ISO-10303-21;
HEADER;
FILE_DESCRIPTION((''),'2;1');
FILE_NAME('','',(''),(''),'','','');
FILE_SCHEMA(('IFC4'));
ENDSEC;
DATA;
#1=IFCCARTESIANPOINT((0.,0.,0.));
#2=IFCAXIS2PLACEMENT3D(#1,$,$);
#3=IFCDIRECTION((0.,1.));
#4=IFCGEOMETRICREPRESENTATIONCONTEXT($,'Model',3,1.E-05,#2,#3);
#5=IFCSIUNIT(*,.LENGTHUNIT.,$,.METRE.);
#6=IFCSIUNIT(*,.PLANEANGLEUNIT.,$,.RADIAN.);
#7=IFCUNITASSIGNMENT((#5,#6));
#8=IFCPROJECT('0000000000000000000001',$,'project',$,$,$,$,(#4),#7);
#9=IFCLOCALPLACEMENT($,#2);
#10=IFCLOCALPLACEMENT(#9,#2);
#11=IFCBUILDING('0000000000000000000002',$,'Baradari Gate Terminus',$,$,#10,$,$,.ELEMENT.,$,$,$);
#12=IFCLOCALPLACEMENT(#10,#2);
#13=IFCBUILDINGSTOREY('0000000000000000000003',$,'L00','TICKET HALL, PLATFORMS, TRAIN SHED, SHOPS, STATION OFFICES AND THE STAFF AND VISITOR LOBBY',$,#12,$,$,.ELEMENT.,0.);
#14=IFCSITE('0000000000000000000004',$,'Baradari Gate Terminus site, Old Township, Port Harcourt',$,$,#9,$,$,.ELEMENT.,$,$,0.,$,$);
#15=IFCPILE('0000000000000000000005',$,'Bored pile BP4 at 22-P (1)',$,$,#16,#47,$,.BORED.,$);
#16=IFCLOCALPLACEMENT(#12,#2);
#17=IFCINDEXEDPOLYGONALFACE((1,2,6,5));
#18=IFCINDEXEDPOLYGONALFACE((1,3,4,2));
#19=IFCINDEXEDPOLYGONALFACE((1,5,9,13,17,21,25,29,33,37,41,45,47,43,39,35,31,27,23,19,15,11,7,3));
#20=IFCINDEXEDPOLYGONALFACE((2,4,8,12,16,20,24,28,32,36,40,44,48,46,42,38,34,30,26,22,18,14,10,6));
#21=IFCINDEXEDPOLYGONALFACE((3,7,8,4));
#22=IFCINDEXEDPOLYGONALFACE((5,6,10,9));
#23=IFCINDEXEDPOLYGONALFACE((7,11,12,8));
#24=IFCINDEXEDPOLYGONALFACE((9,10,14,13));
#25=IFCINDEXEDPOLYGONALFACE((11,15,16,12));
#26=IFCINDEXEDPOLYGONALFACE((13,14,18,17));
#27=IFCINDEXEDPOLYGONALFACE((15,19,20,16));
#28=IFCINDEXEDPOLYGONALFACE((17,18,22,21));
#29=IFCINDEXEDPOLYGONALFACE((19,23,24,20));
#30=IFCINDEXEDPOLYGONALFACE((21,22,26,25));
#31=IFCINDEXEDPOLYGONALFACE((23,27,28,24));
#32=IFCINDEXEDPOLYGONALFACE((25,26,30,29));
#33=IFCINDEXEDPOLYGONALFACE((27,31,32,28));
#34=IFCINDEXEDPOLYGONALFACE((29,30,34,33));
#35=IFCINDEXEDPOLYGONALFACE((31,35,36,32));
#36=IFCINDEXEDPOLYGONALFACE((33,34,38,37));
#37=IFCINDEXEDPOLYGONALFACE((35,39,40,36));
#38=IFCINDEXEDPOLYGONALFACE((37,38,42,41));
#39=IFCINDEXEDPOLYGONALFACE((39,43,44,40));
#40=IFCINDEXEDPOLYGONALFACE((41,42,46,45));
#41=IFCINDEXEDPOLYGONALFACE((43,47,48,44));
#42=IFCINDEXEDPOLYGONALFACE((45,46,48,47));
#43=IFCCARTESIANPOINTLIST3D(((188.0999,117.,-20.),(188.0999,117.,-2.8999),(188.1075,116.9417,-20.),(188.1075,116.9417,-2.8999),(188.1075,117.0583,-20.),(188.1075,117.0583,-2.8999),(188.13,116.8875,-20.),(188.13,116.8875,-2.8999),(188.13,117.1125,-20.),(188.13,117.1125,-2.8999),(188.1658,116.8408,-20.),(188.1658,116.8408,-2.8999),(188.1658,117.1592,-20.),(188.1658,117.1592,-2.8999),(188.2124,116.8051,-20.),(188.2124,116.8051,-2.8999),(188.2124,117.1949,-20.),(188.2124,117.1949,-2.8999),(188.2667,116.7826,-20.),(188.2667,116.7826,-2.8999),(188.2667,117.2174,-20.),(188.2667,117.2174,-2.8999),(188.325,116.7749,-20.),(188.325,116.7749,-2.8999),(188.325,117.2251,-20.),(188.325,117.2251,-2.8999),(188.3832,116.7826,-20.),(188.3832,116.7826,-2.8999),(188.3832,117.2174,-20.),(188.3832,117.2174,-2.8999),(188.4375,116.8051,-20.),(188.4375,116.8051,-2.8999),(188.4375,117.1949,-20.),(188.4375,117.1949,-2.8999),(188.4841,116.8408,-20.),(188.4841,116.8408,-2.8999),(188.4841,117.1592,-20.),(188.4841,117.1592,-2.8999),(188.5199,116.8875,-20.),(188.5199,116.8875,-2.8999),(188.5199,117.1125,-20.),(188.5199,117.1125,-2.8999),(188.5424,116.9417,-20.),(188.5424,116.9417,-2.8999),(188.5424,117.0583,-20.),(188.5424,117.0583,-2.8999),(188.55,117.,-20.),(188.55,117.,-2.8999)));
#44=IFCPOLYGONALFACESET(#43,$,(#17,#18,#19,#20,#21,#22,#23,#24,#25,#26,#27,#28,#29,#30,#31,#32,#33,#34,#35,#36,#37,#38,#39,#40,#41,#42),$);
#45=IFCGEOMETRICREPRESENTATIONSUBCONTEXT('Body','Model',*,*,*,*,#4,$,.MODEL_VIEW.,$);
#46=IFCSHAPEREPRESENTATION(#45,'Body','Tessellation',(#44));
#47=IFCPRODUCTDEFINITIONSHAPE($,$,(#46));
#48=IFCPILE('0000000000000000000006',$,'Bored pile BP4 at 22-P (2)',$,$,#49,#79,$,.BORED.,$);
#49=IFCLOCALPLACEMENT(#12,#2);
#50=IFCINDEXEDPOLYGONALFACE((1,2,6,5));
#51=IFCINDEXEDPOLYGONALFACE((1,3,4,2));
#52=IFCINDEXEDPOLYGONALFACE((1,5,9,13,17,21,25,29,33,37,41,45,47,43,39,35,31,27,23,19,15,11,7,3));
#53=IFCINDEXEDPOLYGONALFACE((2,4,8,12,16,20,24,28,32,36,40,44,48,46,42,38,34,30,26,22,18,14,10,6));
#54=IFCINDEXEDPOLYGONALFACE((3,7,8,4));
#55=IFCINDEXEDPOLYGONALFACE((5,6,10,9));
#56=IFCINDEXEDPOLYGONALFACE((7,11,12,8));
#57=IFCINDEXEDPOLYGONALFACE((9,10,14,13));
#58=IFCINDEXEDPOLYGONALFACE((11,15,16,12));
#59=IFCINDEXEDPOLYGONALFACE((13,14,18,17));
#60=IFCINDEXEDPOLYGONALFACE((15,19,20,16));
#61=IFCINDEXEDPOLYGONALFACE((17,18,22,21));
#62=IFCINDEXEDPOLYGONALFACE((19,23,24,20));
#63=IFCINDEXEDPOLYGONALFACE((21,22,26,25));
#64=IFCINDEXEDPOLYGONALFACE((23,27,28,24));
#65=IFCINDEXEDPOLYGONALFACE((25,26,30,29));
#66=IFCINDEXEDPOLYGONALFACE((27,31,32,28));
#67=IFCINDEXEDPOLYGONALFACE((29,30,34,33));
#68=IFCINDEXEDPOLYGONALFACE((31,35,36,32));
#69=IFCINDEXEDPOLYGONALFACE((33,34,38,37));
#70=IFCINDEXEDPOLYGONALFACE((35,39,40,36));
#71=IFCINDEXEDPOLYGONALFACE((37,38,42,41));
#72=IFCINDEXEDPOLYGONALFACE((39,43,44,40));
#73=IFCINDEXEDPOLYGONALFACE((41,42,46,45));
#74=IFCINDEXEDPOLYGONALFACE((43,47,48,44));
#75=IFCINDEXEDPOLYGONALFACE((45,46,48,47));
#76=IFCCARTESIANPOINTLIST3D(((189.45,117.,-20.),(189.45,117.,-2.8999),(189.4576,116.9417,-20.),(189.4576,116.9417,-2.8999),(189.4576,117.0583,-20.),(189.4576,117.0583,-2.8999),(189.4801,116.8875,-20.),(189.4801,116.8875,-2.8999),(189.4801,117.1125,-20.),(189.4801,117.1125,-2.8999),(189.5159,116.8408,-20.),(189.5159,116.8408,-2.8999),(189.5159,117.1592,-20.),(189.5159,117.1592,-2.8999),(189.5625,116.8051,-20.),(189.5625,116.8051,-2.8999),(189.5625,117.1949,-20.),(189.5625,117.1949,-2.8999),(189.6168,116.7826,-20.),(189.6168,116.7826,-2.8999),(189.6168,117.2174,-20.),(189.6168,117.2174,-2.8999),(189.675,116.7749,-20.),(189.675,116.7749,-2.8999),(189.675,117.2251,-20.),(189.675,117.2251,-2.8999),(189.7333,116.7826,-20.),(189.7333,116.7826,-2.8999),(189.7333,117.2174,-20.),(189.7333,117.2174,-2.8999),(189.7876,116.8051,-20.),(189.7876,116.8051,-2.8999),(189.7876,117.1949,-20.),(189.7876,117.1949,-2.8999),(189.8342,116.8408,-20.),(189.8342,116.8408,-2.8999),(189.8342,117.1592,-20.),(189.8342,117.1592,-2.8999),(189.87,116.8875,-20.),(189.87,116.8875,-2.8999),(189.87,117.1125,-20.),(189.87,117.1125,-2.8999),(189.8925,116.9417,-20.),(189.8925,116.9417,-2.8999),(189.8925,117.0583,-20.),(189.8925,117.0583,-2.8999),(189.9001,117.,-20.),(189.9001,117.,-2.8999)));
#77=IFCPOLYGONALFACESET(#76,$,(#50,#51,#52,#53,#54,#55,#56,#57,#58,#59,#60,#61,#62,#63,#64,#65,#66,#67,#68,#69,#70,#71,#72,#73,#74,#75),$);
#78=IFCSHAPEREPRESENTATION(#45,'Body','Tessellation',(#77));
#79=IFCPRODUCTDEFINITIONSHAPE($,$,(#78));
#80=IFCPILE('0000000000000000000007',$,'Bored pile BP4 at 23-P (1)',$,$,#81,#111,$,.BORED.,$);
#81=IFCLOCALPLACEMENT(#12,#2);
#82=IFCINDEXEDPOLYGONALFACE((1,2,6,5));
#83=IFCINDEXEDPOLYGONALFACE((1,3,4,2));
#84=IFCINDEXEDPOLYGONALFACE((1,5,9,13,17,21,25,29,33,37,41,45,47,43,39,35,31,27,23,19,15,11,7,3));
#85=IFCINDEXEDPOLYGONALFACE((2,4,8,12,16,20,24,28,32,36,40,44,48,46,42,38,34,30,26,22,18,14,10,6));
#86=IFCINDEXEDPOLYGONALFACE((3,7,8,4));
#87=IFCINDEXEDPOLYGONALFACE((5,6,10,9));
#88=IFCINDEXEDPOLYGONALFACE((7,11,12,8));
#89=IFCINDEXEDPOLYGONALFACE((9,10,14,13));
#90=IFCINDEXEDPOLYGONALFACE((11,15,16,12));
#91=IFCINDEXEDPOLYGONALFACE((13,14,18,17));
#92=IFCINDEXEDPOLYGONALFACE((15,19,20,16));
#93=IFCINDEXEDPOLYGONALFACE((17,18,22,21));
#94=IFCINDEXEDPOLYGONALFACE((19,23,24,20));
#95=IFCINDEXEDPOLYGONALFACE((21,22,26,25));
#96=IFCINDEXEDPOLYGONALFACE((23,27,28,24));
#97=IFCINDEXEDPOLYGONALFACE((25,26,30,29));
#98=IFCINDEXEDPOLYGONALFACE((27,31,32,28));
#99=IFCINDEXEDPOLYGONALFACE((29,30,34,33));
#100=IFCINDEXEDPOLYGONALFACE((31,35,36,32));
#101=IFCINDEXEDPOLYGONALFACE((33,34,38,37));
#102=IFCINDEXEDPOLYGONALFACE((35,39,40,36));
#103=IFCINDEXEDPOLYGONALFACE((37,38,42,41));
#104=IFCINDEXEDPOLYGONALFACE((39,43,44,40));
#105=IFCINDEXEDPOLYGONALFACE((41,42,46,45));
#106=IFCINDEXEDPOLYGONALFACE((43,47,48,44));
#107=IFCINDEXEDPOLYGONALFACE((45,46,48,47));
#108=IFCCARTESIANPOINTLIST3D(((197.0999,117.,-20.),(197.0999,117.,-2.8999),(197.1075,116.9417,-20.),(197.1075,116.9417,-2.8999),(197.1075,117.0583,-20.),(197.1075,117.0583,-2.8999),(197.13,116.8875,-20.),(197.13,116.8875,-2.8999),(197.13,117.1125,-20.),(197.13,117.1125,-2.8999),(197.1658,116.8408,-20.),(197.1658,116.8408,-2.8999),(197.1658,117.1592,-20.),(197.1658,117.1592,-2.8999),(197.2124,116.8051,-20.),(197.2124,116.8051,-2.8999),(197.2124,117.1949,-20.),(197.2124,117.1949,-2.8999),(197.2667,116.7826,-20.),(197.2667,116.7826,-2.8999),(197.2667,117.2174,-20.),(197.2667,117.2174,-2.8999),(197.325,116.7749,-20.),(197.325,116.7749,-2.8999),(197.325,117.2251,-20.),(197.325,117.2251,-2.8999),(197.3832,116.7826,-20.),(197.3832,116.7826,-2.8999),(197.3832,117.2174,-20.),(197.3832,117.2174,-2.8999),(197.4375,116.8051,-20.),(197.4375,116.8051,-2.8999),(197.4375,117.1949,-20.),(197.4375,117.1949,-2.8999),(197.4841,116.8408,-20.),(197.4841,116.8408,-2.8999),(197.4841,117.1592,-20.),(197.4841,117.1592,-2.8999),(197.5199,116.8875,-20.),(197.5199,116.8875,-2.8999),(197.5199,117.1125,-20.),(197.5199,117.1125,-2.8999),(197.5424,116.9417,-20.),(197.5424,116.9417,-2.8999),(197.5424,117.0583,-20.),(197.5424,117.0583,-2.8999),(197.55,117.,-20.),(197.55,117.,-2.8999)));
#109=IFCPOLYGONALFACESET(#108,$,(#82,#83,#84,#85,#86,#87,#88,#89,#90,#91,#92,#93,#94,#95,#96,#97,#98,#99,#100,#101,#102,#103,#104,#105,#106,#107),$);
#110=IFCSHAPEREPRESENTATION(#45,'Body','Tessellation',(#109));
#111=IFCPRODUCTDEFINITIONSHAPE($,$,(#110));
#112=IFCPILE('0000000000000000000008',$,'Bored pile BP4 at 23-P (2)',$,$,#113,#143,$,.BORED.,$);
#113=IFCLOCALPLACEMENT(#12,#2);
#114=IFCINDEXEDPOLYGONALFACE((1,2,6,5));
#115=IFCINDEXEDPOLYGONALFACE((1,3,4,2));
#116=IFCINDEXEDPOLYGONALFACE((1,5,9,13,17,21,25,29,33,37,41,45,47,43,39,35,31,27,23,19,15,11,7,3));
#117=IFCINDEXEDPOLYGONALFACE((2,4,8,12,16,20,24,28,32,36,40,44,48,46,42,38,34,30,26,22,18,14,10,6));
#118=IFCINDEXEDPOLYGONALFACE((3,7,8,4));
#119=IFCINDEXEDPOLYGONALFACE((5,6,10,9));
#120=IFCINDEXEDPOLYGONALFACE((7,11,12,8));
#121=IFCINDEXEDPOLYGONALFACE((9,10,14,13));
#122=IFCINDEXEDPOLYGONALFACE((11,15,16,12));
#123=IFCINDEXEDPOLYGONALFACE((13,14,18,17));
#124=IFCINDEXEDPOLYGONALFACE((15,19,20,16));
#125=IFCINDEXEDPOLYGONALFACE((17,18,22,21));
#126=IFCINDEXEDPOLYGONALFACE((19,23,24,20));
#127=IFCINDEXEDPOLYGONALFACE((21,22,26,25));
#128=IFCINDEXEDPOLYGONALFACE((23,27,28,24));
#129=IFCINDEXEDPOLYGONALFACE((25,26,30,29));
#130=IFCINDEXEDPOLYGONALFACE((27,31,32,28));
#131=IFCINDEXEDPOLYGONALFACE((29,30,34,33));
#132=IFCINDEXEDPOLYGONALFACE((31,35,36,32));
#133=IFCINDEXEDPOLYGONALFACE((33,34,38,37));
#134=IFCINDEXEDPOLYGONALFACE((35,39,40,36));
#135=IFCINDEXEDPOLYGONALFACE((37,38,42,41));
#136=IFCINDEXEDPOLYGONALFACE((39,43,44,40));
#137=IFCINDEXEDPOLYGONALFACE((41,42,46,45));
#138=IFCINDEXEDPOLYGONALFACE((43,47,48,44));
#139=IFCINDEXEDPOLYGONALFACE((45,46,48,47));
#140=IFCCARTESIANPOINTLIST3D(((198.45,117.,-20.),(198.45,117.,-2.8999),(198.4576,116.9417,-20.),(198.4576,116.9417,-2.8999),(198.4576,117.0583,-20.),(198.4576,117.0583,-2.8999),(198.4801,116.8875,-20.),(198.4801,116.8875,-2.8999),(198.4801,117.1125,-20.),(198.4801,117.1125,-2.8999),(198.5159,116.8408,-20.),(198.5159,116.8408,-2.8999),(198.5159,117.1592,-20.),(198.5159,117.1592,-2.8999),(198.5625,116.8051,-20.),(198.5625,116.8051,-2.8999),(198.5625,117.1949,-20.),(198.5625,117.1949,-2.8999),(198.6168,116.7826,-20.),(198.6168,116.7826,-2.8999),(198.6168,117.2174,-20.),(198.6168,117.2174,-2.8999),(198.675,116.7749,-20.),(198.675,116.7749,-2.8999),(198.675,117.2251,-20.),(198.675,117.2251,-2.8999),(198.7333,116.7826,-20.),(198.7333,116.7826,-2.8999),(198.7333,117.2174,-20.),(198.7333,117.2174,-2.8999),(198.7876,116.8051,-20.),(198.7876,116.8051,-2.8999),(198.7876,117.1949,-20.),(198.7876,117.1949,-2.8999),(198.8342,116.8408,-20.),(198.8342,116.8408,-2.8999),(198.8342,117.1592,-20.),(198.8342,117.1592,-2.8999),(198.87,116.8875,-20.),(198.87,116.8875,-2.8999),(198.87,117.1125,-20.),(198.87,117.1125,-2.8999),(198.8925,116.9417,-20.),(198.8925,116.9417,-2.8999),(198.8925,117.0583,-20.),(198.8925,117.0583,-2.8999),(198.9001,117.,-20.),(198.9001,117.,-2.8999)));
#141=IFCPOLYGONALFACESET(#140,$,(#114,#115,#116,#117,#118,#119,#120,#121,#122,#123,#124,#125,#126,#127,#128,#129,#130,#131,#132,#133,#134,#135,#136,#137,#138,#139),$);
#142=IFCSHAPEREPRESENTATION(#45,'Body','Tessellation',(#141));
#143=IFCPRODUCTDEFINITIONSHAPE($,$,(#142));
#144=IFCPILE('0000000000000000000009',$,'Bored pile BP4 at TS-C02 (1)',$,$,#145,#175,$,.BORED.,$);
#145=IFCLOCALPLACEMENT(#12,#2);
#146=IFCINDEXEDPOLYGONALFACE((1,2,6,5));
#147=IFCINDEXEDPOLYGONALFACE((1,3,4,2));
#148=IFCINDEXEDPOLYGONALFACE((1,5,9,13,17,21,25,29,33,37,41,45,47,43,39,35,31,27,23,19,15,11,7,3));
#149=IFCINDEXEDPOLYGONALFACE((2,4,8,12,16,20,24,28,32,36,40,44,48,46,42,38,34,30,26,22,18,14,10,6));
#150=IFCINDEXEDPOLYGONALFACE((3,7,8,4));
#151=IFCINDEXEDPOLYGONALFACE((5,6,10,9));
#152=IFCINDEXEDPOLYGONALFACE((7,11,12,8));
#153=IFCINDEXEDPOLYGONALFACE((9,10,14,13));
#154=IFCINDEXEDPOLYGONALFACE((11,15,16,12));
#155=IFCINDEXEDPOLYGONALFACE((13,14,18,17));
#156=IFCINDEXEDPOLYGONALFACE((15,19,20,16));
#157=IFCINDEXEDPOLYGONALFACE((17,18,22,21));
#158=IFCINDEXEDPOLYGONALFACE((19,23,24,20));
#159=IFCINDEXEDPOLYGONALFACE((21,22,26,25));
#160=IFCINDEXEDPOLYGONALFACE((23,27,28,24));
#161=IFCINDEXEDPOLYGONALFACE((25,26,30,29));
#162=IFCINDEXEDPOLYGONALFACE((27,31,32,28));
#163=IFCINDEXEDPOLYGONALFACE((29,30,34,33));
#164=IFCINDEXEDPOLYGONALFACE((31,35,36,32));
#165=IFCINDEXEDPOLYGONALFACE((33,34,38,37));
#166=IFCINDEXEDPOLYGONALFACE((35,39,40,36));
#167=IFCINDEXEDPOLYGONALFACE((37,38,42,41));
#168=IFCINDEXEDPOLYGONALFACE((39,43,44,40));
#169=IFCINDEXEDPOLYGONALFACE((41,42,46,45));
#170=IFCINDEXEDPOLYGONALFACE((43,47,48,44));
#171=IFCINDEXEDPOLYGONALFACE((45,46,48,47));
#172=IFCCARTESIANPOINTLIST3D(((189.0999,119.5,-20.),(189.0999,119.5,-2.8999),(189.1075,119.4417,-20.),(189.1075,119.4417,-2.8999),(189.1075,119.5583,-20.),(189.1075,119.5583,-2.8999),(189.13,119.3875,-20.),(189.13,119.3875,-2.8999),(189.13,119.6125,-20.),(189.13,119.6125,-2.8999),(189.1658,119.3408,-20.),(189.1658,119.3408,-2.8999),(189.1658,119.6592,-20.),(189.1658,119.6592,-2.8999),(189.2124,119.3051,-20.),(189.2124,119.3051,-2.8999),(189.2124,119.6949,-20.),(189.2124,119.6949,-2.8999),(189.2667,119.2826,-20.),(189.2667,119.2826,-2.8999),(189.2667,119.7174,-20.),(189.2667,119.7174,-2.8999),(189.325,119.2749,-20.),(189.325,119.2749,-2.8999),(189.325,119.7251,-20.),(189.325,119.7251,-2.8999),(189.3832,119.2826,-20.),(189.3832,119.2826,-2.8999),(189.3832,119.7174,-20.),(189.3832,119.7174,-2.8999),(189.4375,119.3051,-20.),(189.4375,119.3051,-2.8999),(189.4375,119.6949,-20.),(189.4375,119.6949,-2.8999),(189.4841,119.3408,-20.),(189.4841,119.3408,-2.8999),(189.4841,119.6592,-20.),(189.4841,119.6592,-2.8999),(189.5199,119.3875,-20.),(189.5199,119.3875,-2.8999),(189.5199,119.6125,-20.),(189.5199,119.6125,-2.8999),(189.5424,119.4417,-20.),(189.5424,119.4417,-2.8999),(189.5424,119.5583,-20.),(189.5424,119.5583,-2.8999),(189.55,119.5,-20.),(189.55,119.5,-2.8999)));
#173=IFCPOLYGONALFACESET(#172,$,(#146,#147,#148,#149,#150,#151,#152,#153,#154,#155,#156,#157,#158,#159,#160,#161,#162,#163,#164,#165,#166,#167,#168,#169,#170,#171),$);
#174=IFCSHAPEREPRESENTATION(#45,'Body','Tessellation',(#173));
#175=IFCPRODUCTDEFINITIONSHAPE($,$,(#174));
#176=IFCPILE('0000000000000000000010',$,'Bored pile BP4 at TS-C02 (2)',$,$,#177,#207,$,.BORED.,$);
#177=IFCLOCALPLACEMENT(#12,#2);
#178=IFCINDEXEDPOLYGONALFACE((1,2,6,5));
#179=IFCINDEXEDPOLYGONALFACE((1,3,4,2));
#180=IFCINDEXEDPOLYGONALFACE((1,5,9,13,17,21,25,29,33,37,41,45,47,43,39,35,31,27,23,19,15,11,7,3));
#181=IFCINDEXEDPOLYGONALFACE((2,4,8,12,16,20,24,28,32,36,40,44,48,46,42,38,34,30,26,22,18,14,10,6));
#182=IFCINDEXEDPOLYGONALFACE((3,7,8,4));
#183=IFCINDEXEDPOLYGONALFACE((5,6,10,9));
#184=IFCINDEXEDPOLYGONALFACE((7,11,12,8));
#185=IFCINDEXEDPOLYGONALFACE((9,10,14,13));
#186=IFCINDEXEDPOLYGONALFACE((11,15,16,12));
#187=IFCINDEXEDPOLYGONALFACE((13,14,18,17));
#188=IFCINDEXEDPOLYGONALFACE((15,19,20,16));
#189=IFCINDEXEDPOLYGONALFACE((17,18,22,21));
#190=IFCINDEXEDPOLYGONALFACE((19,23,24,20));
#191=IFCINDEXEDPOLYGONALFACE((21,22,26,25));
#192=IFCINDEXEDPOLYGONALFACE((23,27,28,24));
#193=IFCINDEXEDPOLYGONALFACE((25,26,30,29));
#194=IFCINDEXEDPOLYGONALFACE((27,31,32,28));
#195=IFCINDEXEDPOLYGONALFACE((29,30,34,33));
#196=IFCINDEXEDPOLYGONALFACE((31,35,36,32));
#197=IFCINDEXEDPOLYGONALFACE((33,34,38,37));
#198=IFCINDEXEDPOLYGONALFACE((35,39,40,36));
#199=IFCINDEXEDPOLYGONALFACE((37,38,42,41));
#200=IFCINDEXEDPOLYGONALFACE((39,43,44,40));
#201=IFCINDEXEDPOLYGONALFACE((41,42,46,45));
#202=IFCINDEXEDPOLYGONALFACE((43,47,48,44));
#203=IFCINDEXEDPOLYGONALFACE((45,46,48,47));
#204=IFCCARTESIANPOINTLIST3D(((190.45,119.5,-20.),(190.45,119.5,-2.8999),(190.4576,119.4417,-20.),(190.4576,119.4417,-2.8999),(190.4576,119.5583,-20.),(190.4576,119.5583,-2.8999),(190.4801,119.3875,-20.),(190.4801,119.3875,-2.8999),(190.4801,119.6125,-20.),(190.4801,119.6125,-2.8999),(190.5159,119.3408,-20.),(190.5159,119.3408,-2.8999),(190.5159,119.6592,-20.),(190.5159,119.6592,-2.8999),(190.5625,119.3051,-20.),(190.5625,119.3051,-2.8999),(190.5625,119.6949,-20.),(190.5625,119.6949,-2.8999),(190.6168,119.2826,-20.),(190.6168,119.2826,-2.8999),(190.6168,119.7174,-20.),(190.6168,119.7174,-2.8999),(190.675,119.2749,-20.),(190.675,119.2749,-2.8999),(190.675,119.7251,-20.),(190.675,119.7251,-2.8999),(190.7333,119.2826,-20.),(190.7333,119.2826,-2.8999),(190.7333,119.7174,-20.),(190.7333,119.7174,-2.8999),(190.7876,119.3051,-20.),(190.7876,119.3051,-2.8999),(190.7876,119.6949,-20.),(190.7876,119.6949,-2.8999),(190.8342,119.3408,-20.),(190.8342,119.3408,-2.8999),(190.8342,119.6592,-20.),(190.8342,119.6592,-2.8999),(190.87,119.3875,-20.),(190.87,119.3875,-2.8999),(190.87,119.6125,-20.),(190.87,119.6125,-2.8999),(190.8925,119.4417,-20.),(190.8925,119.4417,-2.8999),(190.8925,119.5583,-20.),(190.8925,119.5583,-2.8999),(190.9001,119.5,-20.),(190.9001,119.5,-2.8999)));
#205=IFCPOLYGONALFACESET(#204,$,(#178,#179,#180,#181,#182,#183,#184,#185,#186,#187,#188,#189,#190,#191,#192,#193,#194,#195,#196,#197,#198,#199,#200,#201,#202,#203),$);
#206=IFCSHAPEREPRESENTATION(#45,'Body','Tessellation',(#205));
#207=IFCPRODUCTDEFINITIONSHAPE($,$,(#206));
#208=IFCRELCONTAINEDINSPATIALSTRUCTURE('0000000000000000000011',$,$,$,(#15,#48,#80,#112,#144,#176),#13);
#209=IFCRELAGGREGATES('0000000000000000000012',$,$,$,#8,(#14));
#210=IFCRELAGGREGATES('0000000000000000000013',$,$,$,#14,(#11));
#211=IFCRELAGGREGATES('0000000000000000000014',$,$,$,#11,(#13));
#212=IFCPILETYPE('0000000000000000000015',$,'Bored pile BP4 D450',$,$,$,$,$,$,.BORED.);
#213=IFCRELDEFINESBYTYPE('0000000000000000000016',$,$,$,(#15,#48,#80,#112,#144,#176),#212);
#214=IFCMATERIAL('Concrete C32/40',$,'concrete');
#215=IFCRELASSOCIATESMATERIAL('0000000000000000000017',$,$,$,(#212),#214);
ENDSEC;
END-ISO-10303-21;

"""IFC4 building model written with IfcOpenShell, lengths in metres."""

from ifc_helpers import new_model, si_unit, direction, frame, origin, origin_2d, place, context, subcontext, project, spatial, circle, extrude, material, type_object, element, save


model = new_model("IFC4")

# Units and contexts
model_context = context("Model", 3, precision=1e-05, world=origin(), true_north=direction((0.0, 1.0)))
body_context = subcontext(model_context, "Body", "Model", "MODEL_VIEW")
ifc_project = project(units=[si_unit("LENGTHUNIT", "METRE"), si_unit("PLANEANGLEUNIT", "RADIAN")], contexts=[model_context])

# Site, building, storey
site_placement = place(None, origin())
site = spatial("IfcSite", under=ifc_project, at=site_placement, Name="Baradari Gate Terminus site, Old Township, Port Harcourt", CompositionType="ELEMENT", RefElevation=0.0)
building_placement = place(site_placement, origin())
building = spatial("IfcBuilding", under=site, at=building_placement, Name="Baradari Gate Terminus", CompositionType="ELEMENT")
storey_placement = place(building_placement, origin())
storey = spatial("IfcBuildingStorey", under=building, at=storey_placement, Name="L00", Description="TICKET HALL, PLATFORMS, TRAIN SHED, SHOPS, STATION OFFICES AND THE STAFF AND VISITOR LOBBY", CompositionType="ELEMENT", Elevation=0.0)

# Piles
ifc_material_1 = material(Name="Concrete C32/40", Category="concrete")
pile_type = type_object("IfcPileType", Name="Bored pile BP4 D450", PredefinedType="BORED", material=ifc_material_1)
for number, where, z_axis, x_axis, name in (
    (1, (188.325, 117.0, -2.8999), (0.0, 0.0, -1.0), (1.0, 0.0, 0.0), "Bored pile BP4 at 22-P (1)"),
    (2, (189.675, 117.0, -2.8999), (0.0, 0.0, -1.0), (1.0, 0.0, 0.0), "Bored pile BP4 at 22-P (2)"),
    (3, (197.325, 117.0, -2.8999), (0.0, 0.0, -1.0), (1.0, 0.0, 0.0), "Bored pile BP4 at 23-P (1)"),
    (4, (198.675, 117.0, -2.8999), (0.0, 0.0, -1.0), (1.0, 0.0, 0.0), "Bored pile BP4 at 23-P (2)"),
    (5, (189.325, 119.5, -2.8999), (0.0, 0.0, -1.0), (1.0, 0.0, 0.0), "Bored pile BP4 at TS-C02 (1)"),
    (6, (190.675, 119.5, -2.8999), (0.0, 0.0, -1.0), (1.0, 0.0, 0.0), "Bored pile BP4 at TS-C02 (2)"),
):
    element("IfcPile", number, at=place(storey_placement, frame(where, z_axis=z_axis, x_axis=x_axis)), inside=storey, type_object=pile_type, Name=name, PredefinedType="BORED", context=body_context, shape_type="SweptSolid", body=[
        extrude(circle(Radius=0.2251, at=origin_2d()), origin(), (0.0, 0.0, 1.0), 17.1001),
    ])

save(model, "model.ifc")
